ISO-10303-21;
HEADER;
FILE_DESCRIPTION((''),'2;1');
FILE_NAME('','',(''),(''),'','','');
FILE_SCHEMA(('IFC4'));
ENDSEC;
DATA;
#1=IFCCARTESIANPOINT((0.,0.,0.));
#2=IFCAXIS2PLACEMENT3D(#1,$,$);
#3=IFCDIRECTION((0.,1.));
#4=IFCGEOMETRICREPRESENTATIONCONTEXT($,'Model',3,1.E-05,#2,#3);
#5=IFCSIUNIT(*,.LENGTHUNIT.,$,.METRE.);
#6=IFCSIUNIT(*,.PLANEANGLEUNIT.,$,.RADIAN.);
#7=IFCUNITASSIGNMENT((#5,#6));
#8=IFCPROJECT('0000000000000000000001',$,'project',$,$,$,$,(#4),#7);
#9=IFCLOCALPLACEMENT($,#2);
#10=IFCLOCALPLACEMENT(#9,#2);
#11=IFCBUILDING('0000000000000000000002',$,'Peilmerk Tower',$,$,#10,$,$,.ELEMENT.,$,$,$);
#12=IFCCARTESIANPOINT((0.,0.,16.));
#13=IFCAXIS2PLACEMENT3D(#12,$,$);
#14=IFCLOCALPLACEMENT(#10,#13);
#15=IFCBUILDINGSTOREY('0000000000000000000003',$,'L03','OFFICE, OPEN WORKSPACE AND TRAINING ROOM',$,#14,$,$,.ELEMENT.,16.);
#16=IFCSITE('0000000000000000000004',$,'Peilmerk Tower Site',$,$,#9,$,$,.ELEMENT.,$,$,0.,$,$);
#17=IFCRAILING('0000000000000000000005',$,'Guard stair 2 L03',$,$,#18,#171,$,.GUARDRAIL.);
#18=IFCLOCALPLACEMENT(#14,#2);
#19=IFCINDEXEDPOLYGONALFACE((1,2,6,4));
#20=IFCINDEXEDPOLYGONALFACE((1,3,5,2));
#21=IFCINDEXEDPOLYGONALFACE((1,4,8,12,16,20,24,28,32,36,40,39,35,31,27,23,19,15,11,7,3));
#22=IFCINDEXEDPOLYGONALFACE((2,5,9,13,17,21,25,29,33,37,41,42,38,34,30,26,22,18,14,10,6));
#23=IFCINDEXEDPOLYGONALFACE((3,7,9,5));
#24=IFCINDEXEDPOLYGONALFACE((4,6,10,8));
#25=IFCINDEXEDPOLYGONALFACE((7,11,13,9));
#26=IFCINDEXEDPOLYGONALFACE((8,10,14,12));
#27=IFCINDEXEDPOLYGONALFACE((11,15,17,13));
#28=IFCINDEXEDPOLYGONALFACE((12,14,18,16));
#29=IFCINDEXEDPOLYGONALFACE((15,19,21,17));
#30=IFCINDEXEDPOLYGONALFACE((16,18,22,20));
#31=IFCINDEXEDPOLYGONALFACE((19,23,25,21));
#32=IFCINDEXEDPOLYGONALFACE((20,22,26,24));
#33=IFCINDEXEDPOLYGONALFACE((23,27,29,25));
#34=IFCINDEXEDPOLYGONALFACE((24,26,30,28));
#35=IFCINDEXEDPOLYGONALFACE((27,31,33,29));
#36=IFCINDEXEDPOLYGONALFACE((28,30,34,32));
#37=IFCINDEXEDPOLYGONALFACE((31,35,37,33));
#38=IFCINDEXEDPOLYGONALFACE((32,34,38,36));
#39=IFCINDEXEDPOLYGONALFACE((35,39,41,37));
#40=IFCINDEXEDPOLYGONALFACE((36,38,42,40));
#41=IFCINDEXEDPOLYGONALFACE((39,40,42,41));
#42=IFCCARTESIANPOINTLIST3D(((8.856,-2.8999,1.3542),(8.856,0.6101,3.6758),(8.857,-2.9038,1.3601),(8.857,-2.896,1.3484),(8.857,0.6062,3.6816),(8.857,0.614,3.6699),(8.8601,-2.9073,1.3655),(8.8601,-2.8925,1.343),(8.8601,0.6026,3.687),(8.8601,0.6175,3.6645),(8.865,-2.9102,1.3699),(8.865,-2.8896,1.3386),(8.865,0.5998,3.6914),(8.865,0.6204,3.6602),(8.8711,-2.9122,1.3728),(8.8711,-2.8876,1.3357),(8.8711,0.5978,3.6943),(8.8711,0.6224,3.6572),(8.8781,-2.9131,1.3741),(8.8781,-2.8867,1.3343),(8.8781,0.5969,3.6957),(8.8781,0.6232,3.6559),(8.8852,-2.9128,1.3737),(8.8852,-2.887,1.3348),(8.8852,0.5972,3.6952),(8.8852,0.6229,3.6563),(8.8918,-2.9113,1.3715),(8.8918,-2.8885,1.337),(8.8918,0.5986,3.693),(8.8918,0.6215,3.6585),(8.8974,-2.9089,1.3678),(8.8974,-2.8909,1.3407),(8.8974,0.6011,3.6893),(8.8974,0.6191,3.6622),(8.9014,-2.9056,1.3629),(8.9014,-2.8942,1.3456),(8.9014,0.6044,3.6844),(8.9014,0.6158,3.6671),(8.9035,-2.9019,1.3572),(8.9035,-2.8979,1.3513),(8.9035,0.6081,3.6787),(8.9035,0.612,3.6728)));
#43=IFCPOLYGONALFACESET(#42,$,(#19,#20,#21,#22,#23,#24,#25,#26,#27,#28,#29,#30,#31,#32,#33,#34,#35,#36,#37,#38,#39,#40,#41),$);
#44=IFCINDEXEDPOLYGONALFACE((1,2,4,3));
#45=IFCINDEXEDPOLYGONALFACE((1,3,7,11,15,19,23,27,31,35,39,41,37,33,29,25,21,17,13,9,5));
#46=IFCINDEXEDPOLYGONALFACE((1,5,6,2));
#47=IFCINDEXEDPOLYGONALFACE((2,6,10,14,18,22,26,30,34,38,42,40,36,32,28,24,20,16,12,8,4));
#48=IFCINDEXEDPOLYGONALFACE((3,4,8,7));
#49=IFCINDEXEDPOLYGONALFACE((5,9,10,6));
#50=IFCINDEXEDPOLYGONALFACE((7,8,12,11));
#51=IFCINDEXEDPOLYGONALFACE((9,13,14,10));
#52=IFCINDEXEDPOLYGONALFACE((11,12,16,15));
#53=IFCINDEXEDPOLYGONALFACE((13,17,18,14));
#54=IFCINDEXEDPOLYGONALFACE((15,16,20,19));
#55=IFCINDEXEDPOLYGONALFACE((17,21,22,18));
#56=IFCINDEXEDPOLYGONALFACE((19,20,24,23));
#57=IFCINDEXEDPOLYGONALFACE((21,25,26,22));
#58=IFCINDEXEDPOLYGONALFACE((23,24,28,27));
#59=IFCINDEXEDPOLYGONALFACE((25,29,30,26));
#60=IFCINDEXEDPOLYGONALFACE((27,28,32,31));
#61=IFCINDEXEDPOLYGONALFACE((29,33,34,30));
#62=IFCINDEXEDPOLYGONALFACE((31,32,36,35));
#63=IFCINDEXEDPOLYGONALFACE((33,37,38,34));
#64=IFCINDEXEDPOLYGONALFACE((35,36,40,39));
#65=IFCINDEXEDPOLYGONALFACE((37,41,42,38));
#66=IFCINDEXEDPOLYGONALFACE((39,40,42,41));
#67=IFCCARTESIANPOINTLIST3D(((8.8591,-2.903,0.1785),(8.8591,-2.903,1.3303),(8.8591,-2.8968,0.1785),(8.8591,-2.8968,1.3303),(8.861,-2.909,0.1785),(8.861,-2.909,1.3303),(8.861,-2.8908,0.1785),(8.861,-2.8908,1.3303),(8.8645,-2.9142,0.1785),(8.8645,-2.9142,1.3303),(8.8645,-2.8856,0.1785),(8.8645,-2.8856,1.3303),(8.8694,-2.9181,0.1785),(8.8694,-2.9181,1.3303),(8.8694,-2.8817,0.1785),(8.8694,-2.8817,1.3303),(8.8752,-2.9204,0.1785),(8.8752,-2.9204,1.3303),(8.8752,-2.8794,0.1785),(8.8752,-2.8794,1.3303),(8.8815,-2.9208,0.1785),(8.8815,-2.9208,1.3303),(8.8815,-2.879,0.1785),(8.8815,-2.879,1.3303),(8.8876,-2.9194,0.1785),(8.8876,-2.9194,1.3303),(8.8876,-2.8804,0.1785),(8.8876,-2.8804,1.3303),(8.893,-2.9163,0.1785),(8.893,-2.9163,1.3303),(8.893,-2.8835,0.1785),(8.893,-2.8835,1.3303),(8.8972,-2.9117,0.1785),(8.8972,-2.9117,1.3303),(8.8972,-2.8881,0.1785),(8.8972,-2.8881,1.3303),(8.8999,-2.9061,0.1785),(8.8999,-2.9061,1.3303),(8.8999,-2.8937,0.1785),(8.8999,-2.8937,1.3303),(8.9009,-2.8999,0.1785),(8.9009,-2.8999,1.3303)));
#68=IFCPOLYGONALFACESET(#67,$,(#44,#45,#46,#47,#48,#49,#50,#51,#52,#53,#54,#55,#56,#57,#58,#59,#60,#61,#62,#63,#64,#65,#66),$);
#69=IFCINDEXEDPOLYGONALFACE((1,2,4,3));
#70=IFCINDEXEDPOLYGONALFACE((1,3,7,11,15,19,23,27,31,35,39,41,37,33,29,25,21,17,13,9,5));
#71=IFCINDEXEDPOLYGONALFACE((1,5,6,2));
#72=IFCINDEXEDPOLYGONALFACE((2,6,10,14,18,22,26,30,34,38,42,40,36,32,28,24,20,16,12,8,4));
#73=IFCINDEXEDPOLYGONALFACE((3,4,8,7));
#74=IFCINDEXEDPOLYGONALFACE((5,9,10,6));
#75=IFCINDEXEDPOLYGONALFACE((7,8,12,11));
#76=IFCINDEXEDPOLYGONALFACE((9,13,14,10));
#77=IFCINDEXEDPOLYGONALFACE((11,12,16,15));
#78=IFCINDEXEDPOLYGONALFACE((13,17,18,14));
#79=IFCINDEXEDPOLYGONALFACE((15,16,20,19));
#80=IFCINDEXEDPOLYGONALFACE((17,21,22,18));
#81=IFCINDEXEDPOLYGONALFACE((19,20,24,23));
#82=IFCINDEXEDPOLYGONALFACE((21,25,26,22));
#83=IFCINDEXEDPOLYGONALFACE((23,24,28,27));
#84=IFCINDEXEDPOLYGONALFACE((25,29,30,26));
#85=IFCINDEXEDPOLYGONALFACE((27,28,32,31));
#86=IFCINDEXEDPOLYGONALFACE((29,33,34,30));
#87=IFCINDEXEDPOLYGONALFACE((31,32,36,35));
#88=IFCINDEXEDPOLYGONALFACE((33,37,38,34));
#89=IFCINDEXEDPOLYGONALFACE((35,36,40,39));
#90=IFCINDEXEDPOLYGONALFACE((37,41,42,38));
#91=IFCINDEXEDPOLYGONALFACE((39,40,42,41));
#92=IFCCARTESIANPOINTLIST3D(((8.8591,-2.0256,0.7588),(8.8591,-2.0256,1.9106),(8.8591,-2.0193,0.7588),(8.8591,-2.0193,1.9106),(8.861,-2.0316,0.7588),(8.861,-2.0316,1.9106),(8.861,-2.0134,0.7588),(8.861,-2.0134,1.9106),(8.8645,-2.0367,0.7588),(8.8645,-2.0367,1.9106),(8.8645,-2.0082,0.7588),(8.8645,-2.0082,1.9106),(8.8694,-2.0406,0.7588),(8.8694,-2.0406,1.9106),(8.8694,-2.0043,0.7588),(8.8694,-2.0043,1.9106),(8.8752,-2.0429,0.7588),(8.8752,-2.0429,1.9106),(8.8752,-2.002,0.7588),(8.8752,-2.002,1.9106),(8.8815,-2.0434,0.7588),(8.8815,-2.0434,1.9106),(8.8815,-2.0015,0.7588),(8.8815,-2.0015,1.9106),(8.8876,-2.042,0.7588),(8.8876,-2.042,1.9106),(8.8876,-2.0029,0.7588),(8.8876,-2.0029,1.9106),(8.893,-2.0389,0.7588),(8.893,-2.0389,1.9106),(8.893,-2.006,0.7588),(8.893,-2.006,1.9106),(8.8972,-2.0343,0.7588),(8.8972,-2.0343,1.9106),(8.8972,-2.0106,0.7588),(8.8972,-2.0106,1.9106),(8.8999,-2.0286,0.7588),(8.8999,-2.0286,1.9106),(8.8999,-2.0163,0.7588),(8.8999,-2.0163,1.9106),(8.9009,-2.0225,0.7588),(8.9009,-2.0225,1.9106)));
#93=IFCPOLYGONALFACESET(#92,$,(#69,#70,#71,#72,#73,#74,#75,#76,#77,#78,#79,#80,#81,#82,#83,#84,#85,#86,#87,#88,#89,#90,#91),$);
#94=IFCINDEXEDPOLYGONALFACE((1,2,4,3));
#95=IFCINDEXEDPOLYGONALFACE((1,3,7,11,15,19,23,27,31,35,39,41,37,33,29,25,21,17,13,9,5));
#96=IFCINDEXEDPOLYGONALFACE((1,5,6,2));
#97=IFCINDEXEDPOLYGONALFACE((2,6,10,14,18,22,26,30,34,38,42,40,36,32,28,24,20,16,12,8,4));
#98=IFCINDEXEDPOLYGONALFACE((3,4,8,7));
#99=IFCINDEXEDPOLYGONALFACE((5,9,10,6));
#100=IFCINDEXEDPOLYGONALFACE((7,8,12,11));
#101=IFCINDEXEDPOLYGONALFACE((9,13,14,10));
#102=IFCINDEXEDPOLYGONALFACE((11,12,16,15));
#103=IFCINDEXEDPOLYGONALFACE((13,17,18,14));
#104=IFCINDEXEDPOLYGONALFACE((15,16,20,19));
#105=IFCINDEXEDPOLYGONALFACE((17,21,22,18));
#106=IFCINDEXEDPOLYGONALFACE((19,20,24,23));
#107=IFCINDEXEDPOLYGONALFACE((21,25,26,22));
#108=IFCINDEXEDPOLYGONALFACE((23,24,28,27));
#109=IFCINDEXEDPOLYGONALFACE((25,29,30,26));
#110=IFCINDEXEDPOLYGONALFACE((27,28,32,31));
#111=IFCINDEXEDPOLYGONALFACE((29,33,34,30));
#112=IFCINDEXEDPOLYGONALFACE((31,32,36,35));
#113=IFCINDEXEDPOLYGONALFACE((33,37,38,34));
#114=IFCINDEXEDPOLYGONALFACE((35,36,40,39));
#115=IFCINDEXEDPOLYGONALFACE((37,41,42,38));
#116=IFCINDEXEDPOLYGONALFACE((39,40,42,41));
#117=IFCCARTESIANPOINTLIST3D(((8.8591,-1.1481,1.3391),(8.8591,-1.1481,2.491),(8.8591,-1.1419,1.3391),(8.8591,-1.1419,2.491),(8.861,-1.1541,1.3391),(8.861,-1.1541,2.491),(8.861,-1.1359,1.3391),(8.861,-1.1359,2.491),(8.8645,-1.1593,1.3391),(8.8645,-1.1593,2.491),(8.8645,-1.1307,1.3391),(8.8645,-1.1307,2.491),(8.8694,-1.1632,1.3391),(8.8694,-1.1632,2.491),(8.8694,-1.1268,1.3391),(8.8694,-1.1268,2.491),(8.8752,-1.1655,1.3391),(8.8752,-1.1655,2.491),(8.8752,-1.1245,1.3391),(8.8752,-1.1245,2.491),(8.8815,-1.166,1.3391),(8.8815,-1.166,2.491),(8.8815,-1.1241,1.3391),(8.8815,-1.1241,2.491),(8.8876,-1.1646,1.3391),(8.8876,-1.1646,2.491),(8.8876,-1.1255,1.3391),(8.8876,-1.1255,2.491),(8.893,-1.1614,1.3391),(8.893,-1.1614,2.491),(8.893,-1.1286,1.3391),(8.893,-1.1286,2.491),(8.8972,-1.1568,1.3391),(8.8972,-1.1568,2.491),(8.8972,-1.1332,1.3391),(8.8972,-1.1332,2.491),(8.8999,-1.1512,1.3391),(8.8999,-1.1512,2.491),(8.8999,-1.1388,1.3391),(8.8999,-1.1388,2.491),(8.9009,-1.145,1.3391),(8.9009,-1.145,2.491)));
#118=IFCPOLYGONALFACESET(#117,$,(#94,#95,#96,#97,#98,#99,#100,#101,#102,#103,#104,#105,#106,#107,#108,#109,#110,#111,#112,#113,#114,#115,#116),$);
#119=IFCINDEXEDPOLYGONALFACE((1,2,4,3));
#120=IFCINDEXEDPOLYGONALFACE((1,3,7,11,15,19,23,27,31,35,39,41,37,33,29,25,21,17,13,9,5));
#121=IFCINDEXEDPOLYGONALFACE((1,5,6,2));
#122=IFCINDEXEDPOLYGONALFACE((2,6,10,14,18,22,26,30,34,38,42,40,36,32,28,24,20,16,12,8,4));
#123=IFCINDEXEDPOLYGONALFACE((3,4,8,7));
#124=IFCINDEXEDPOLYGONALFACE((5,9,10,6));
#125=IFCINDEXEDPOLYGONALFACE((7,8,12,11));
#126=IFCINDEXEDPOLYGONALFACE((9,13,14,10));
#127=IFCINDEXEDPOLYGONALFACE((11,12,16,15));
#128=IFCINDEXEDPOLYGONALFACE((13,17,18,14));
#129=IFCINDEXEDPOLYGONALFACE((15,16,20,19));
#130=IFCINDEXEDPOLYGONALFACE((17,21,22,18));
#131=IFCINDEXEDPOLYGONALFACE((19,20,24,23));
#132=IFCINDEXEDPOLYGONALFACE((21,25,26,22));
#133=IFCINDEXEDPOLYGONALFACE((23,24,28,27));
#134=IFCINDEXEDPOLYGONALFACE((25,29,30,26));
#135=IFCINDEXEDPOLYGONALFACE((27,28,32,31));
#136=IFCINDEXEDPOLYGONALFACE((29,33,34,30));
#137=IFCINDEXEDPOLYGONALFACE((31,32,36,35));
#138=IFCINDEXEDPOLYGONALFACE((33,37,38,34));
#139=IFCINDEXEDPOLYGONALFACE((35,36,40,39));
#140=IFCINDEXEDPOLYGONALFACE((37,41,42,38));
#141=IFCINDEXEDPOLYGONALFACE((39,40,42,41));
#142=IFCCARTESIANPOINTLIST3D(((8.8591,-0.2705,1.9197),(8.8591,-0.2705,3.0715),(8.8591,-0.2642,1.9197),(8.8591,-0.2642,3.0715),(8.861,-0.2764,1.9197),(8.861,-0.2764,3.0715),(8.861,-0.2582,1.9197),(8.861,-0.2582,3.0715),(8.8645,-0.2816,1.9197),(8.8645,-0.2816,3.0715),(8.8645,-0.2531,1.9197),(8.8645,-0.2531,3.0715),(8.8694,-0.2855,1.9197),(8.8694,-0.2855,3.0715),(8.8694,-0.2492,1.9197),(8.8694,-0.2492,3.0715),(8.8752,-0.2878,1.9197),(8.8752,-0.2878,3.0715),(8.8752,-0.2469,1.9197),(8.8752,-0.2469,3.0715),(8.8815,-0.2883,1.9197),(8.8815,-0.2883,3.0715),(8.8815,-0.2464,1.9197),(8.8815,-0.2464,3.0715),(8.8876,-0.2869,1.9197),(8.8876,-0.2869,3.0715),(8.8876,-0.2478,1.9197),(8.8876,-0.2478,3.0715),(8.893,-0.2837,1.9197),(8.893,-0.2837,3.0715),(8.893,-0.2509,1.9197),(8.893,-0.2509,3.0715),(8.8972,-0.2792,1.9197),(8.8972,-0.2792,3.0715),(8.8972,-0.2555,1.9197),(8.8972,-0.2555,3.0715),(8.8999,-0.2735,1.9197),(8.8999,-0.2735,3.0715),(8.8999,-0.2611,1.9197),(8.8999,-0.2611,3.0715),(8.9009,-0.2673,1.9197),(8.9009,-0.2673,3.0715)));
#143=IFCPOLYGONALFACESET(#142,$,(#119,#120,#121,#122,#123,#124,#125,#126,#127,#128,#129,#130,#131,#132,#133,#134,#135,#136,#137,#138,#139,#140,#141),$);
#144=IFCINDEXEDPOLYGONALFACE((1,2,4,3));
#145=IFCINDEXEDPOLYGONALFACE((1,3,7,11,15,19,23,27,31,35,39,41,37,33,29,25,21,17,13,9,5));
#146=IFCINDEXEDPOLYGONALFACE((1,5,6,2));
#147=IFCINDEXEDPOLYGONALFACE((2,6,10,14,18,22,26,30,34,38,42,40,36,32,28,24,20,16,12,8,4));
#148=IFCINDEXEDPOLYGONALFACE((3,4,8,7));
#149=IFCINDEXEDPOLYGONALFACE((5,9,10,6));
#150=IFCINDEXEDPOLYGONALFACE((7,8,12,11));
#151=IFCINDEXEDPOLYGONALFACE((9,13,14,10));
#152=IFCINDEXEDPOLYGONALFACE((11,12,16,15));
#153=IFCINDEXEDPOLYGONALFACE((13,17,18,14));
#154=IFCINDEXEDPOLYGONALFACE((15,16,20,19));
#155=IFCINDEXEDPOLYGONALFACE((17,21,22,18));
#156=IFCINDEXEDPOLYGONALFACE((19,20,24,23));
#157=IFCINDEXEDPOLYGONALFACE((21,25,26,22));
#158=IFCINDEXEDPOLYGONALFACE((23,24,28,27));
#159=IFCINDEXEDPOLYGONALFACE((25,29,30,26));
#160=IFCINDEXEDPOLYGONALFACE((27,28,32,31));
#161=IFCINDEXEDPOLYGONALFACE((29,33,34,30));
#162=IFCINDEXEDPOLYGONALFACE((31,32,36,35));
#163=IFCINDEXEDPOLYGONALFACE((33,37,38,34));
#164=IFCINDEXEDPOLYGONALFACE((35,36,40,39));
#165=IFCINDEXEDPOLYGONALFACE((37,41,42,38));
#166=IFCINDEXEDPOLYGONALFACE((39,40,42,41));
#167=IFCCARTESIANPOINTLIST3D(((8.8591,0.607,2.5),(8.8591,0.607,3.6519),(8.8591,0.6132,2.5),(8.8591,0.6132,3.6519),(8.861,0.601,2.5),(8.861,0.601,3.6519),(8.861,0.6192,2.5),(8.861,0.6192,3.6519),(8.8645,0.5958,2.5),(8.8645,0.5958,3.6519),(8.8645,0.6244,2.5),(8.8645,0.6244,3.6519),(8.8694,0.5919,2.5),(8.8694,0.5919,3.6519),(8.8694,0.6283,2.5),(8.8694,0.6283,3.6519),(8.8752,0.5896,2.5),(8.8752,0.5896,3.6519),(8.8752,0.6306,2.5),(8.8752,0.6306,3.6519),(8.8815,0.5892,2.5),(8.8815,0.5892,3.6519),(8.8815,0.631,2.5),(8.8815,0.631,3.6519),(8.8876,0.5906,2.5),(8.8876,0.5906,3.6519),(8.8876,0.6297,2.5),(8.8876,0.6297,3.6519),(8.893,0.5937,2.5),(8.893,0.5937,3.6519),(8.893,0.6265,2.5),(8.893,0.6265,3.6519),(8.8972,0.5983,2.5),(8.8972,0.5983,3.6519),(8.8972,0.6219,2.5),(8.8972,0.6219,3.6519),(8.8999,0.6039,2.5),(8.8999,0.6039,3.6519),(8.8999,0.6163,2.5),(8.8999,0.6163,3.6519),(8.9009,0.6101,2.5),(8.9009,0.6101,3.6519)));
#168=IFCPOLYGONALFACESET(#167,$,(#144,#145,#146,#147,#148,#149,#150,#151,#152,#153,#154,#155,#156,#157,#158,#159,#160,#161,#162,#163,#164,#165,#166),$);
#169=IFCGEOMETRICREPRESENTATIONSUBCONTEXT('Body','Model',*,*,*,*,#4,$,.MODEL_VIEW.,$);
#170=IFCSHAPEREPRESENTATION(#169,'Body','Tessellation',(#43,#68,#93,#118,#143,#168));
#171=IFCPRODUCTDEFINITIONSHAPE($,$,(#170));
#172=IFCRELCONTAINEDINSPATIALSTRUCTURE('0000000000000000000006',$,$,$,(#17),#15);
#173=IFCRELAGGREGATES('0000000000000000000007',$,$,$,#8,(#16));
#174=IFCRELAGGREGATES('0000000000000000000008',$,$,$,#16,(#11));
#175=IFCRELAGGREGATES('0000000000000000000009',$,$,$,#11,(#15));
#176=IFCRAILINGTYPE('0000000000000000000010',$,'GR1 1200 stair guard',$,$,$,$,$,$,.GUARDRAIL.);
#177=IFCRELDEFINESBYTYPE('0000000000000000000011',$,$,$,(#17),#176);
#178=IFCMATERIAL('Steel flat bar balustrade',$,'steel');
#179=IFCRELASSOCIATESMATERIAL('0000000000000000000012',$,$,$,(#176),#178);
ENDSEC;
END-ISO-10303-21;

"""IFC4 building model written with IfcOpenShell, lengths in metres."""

from ifc_helpers import new_model, si_unit, direction, frame, origin, origin_2d, place, context, subcontext, project, spatial, circle, extrude, material, type_object, element, save


model = new_model("IFC4")

# Units and contexts
model_context = context("Model", 3, precision=1e-05, world=origin(), true_north=direction((0.0, 1.0)))
body_context = subcontext(model_context, "Body", "Model", "MODEL_VIEW")
ifc_project = project(units=[si_unit("LENGTHUNIT", "METRE"), si_unit("PLANEANGLEUNIT", "RADIAN")], contexts=[model_context])

# Site, building, storey
site_placement = place(None, origin())
site = spatial("IfcSite", under=ifc_project, at=site_placement, Name="Peilmerk Tower Site", CompositionType="ELEMENT", RefElevation=0.0)
building_placement = place(site_placement, origin())
building = spatial("IfcBuilding", under=site, at=building_placement, Name="Peilmerk Tower", CompositionType="ELEMENT")
storey_placement = place(building_placement, frame((0.0, 0.0, 16.0)))
storey = spatial("IfcBuildingStorey", under=building, at=storey_placement, Name="L03", Description="OFFICE, OPEN WORKSPACE AND TRAINING ROOM", CompositionType="ELEMENT", Elevation=16.0)

# Railing
ifc_material_1 = material(Name="Steel flat bar balustrade", Category="steel")
railing_type_1 = type_object("IfcRailingType", Name="GR1 1200 stair guard", PredefinedType="GUARDRAIL", material=ifc_material_1)
railing_1_placement = place(storey_placement, frame((8.8799, -2.8999, 0.1785)))
element("IfcRailing", 1, at=railing_1_placement, inside=storey, type_object=railing_type_1, Name="Guard stair 2 L03", PredefinedType="GUARDRAIL", context=body_context, shape_type="SweptSolid", body=[
    extrude(circle(Radius=0.0239, at=origin_2d()), frame((0.0, 0.0, 1.1758), z_axis=(0.0, 0.834071, 0.551657), x_axis=(-1.0, 0.0, 0.0)), (0.0, 0.0, 1.0), 4.2083),
    extrude(circle(Radius=0.021, at=origin_2d()), origin(), (0.0, 0.0, 1.0), 1.1519),
    extrude(circle(Radius=0.021, at=origin_2d()), frame((0.0, 0.8774, 0.5803)), (0.0, 0.0, 1.0), 1.1519),
    extrude(circle(Radius=0.021, at=origin_2d()), frame((0.0, 1.7549, 1.1606)), (0.0, 0.0, 1.0), 1.1519),
    extrude(circle(Radius=0.021, at=origin_2d()), frame((0.0, 2.6326, 1.7412)), (0.0, 0.0, 1.0), 1.1519),
    extrude(circle(Radius=0.021, at=origin_2d()), frame((0.0, 3.51, 2.3215)), (0.0, 0.0, 1.0), 1.1519),
])

save(model, "model.ifc")
